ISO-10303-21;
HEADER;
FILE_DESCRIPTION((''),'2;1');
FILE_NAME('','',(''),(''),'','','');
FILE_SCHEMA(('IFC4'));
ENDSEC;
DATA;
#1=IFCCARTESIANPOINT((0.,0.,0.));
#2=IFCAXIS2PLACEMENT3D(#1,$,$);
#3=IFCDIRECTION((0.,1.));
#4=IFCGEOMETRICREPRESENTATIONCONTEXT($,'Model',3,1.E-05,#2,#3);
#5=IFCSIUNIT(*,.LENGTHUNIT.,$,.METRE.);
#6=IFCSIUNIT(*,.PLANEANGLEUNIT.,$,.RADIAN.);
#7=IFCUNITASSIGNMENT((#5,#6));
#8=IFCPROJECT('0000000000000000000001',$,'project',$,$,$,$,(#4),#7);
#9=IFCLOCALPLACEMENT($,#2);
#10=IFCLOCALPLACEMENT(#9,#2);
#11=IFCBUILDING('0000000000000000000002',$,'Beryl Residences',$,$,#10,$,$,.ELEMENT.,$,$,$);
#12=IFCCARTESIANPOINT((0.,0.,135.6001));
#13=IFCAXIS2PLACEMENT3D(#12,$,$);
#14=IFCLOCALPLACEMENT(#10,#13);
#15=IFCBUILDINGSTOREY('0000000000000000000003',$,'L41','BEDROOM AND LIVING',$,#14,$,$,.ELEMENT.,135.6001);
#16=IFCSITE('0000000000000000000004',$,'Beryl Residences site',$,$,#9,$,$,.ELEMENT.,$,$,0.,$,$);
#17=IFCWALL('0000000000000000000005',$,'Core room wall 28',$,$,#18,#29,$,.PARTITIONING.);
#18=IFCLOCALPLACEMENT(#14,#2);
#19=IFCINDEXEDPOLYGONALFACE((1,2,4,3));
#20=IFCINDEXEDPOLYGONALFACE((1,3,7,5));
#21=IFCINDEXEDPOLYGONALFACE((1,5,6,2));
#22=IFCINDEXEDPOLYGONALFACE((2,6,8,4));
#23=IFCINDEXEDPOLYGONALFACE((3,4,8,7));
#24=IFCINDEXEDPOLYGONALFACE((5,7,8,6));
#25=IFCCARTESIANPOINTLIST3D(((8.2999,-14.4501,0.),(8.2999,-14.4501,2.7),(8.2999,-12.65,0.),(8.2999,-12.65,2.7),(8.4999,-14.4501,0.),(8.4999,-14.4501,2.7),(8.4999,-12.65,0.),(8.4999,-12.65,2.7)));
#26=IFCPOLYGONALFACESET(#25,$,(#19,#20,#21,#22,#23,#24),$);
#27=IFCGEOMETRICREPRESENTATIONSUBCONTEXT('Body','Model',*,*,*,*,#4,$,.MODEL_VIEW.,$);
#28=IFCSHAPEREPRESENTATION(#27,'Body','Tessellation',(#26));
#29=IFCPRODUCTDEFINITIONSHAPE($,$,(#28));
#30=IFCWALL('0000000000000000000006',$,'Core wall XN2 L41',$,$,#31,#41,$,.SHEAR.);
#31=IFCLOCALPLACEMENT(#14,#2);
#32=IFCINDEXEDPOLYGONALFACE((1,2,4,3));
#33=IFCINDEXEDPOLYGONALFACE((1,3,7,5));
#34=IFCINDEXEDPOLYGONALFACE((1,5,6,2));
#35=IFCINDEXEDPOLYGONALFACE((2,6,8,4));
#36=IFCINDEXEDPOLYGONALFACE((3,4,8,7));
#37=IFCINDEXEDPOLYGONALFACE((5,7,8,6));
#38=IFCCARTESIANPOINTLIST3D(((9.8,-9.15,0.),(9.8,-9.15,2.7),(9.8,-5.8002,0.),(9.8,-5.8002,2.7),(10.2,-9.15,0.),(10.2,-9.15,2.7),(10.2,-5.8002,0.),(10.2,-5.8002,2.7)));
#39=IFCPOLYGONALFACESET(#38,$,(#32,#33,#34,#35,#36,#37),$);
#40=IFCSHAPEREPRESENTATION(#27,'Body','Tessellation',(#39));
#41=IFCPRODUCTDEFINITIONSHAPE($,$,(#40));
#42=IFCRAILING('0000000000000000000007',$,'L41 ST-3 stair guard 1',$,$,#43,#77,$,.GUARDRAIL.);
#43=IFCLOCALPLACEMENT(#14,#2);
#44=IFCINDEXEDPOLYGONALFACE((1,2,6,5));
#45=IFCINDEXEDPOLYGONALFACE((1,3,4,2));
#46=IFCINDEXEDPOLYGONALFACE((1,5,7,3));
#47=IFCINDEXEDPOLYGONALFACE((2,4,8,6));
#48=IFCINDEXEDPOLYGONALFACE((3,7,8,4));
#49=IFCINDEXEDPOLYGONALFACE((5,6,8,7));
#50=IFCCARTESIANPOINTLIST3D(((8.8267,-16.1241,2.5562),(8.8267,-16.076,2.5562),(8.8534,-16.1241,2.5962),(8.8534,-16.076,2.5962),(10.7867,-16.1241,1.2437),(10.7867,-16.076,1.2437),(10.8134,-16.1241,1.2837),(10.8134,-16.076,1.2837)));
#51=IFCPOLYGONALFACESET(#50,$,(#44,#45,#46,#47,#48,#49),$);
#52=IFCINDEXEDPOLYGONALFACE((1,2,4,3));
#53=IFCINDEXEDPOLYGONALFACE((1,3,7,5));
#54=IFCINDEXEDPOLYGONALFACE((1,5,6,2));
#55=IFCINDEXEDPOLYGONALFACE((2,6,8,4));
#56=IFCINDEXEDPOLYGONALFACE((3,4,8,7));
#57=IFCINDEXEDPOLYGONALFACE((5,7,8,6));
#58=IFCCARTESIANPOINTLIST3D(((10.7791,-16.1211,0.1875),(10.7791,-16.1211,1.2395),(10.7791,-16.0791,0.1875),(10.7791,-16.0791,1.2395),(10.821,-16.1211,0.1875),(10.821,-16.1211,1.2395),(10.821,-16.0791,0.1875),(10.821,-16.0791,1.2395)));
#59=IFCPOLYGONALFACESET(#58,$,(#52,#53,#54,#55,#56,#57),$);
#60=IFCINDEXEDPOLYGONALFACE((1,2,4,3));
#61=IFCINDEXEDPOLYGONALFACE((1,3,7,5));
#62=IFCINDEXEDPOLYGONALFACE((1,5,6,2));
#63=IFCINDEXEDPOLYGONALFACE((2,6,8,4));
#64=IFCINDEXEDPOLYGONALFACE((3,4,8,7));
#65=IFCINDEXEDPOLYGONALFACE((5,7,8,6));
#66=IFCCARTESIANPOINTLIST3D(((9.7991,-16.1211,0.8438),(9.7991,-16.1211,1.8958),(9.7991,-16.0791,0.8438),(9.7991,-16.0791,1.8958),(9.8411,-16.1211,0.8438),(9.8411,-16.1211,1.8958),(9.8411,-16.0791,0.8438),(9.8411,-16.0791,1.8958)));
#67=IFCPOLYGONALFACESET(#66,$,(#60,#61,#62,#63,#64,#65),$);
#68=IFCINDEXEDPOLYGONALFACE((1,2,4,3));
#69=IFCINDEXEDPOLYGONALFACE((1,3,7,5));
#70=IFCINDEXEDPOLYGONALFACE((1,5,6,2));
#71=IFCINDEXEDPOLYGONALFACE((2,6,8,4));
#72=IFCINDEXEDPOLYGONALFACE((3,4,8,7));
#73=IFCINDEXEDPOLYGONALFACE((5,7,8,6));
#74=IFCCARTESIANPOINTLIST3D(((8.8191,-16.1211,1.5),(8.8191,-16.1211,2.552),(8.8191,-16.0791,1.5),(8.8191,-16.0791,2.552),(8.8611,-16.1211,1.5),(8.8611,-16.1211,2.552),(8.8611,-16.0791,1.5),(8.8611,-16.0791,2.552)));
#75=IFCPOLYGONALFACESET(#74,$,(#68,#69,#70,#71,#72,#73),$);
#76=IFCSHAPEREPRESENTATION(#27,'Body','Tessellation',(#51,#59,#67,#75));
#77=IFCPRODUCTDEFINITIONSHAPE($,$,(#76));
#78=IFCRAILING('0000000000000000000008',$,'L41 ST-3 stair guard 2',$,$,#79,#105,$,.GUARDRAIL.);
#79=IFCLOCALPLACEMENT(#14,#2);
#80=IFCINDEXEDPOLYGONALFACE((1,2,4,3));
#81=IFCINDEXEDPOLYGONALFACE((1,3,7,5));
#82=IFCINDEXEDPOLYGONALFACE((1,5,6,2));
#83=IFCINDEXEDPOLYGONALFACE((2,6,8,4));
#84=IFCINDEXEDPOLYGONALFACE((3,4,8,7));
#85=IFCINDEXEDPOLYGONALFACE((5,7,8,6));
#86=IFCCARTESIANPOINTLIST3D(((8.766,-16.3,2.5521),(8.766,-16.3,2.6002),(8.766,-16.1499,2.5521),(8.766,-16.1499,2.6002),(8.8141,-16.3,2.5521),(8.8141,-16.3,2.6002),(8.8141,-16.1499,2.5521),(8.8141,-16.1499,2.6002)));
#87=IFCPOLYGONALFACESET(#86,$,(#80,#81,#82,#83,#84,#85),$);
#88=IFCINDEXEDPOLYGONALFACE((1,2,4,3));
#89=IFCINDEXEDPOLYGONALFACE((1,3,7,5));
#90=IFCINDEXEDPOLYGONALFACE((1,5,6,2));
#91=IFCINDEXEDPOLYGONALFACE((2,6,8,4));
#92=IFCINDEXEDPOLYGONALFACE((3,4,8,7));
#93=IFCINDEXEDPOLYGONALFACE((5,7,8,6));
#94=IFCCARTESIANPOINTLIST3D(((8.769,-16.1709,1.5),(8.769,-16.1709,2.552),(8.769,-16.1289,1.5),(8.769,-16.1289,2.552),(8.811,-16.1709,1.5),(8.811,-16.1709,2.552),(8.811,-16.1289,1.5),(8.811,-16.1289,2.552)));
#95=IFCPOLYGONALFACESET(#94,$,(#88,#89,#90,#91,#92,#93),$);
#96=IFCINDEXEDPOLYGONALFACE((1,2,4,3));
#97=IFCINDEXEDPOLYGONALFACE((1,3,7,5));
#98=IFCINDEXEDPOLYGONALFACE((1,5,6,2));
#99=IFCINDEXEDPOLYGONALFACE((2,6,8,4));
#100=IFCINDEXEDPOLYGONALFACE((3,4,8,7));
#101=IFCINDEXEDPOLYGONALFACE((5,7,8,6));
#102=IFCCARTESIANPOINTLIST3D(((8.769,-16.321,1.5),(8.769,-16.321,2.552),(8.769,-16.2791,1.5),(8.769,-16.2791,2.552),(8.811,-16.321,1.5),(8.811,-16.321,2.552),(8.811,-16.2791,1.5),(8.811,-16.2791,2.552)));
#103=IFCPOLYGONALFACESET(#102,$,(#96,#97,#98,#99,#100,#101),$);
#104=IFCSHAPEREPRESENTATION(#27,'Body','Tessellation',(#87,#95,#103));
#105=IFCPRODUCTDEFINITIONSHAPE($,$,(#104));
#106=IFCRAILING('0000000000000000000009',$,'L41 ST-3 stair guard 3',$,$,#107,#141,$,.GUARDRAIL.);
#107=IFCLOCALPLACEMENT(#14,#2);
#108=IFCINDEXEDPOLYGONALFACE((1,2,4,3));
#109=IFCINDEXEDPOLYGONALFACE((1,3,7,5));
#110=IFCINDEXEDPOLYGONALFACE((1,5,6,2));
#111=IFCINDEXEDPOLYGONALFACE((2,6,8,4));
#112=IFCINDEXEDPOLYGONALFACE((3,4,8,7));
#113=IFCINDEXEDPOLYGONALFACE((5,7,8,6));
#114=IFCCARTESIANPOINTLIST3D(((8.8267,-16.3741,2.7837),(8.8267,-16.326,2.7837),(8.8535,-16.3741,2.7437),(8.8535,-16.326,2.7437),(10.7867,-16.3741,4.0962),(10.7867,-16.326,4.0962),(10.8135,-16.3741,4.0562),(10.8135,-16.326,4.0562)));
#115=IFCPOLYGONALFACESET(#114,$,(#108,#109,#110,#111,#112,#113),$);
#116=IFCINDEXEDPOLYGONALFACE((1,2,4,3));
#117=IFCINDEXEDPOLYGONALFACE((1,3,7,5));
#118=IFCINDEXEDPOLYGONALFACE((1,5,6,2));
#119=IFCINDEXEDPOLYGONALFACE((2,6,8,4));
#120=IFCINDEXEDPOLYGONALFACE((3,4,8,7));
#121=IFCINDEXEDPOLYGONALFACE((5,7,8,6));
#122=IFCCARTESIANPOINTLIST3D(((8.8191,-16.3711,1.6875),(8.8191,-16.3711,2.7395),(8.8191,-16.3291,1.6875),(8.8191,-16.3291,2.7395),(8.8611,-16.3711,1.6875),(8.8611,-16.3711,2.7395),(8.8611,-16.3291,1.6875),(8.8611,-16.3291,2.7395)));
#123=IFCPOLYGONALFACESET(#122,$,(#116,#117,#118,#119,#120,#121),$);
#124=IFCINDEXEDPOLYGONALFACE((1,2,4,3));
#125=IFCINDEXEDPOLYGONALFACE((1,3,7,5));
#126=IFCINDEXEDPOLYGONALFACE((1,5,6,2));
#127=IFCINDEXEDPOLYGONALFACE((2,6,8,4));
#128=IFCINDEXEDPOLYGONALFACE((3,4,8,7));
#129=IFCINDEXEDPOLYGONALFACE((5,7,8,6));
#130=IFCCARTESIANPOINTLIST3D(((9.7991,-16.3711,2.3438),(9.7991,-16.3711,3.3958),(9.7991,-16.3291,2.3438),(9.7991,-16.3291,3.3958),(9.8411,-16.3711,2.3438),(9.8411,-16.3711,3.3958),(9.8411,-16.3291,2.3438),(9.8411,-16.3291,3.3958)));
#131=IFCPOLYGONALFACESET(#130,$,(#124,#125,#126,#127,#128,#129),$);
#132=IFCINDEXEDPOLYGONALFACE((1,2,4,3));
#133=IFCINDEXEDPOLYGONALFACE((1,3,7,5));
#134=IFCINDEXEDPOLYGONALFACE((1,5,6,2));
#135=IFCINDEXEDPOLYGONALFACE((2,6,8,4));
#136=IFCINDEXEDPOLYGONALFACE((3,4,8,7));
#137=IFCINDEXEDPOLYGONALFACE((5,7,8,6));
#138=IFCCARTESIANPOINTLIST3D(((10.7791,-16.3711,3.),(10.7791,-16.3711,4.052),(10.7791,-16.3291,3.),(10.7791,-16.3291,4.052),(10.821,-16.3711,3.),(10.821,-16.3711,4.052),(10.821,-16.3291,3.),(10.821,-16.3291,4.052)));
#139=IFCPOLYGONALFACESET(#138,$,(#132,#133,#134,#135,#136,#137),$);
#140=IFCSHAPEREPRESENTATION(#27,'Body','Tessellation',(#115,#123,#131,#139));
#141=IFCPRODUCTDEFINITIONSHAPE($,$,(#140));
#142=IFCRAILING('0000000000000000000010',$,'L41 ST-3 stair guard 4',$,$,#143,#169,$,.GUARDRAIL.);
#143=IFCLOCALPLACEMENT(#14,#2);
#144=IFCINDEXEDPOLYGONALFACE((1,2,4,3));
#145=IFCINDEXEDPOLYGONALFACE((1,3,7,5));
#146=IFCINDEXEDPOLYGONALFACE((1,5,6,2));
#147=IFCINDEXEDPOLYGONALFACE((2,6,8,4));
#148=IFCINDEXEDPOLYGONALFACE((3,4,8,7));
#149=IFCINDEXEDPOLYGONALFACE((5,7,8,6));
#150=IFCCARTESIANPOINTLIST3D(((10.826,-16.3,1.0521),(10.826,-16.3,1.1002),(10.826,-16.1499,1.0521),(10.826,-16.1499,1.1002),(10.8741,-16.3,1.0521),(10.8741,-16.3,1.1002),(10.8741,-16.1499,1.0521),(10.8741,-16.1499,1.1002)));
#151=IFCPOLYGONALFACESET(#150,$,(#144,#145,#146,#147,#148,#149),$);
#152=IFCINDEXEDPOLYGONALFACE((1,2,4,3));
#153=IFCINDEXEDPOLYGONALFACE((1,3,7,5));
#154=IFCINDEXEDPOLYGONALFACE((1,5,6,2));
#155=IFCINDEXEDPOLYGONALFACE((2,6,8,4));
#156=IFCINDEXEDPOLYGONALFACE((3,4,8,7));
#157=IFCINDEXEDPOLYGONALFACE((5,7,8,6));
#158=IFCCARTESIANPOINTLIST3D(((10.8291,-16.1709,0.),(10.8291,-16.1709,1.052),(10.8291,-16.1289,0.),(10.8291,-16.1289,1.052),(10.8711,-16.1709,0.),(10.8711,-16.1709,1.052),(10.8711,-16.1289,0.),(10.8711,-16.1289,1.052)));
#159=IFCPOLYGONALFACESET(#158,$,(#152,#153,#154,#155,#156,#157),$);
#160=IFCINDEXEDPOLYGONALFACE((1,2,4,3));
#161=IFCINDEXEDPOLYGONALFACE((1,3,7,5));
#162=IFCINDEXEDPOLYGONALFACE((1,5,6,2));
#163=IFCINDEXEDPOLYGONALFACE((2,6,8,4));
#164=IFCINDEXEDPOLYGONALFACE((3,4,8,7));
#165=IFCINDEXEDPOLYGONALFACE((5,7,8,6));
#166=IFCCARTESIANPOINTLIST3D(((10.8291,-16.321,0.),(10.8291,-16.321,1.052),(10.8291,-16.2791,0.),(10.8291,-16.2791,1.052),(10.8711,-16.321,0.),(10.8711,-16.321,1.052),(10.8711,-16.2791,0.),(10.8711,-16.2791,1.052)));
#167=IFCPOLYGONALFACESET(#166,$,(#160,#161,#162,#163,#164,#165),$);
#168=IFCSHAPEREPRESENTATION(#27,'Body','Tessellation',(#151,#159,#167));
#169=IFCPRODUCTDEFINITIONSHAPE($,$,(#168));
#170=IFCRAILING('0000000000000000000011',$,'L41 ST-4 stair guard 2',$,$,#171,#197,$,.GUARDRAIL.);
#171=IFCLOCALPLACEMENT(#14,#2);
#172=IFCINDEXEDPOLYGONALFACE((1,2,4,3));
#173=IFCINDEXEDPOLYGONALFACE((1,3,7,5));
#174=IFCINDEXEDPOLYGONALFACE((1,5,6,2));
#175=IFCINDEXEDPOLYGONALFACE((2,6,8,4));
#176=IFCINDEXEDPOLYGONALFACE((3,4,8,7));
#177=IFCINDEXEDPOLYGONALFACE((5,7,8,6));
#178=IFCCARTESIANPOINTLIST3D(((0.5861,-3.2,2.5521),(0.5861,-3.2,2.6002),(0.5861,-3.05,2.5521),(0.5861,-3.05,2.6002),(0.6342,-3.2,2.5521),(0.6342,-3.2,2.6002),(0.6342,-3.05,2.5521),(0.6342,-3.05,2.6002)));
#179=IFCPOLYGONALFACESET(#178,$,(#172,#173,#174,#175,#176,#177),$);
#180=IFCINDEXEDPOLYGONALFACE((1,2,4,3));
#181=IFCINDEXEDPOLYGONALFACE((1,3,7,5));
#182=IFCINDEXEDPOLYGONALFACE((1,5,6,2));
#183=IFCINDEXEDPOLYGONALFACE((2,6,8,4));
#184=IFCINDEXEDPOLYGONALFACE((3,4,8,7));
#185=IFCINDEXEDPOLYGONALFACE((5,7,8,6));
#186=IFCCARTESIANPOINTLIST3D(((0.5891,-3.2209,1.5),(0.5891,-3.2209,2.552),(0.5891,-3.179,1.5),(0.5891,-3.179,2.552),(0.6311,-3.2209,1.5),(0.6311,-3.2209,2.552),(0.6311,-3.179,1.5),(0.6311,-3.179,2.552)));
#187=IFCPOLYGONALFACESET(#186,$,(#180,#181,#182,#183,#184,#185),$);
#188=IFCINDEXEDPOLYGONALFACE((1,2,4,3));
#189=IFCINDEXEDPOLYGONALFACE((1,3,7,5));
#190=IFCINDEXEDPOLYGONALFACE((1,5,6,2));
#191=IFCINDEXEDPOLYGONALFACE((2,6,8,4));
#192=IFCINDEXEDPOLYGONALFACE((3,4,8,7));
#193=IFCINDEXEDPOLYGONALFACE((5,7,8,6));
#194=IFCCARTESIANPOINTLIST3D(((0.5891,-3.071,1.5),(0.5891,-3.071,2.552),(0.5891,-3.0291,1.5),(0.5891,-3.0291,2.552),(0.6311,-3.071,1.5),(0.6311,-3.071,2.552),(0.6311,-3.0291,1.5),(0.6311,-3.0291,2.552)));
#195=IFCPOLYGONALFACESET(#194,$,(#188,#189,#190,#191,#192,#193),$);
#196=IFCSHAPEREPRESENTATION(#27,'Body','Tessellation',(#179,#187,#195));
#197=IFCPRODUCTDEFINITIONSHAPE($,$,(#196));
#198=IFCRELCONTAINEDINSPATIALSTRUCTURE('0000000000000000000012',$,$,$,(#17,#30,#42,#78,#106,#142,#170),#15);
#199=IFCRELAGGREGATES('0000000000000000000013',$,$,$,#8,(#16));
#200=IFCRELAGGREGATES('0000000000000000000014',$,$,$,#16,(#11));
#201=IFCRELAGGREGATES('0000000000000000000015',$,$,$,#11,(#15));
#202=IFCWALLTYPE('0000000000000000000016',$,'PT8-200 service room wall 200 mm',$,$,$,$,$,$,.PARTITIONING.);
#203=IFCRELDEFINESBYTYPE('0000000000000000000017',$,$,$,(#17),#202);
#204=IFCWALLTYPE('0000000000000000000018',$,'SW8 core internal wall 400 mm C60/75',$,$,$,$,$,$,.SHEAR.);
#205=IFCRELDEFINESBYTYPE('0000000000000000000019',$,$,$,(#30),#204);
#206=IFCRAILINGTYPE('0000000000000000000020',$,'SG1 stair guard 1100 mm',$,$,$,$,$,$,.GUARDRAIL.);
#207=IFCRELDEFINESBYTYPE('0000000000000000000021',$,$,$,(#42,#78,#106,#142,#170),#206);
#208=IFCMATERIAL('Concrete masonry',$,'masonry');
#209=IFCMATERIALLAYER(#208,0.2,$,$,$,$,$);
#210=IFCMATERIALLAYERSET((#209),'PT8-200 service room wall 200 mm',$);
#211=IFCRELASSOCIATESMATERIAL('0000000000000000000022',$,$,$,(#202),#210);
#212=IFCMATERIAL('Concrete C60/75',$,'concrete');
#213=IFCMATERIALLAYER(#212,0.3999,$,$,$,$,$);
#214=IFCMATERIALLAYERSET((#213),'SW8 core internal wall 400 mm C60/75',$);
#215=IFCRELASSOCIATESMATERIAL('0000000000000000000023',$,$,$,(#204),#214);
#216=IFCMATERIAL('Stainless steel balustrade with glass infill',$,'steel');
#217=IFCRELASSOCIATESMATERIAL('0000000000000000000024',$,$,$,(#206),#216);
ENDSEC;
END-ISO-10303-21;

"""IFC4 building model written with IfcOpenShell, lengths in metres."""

from ifc_helpers import new_model, si_unit, direction, frame, frame_2d, origin, origin_2d, place, context, subcontext, project, spatial, rectangle, extrude, material, layer, layer_set, type_object, element, save


model = new_model("IFC4")

# Units and contexts
model_context = context("Model", 3, precision=1e-05, world=origin(), true_north=direction((0.0, 1.0)))
body_context = subcontext(model_context, "Body", "Model", "MODEL_VIEW")
ifc_project = project(units=[si_unit("LENGTHUNIT", "METRE"), si_unit("PLANEANGLEUNIT", "RADIAN")], contexts=[model_context])

# Site, building, storey
site_placement = place(None, origin())
site = spatial("IfcSite", under=ifc_project, at=site_placement, Name="Beryl Residences site", CompositionType="ELEMENT", RefElevation=0.0)
building_placement = place(site_placement, origin())
building = spatial("IfcBuilding", under=site, at=building_placement, Name="Beryl Residences", CompositionType="ELEMENT")
storey_placement = place(building_placement, frame((0.0, 0.0, 135.6001)))
storey = spatial("IfcBuildingStorey", under=building, at=storey_placement, Name="L41", Description="BEDROOM AND LIVING", CompositionType="ELEMENT", Elevation=135.6001)

# Walls
ifc_material_1 = material(Name="Concrete masonry", Category="masonry")
ifc_layer_1 = layer(ifc_material_1, 0.2)
ifc_layer_set_1 = layer_set([ifc_layer_1], Name="PT8-200 service room wall 200 mm")
wall_type_1 = type_object("IfcWallType", Name="PT8-200 service room wall 200 mm", PredefinedType="PARTITIONING", material=ifc_layer_set_1)
wall_1_placement = place(storey_placement, frame((8.3999, -14.45, 0.0), z_axis=(0.0, 0.0, 1.0), x_axis=(0.0, 1.0, 0.0)))
element("IfcWall", 1, at=wall_1_placement, inside=storey, type_object=wall_type_1, Name="Core room wall 28", PredefinedType="PARTITIONING", context=body_context, shape_type="SweptSolid", body=[
    extrude(rectangle(XDim=1.8, YDim=0.2, at=frame_2d((0.8999, 0.0))), origin(), (0.0, 0.0, 1.0), 2.7),
])
ifc_material_2 = material(Name="Concrete C60/75", Category="concrete")
ifc_layer_2 = layer(ifc_material_2, 0.3999)
ifc_layer_set_2 = layer_set([ifc_layer_2], Name="SW8 core internal wall 400 mm C60/75")
wall_type_2 = type_object("IfcWallType", Name="SW8 core internal wall 400 mm C60/75", PredefinedType="SHEAR", material=ifc_layer_set_2)
wall_2_placement = place(storey_placement, frame((10.0, -9.1499, 0.0), z_axis=(0.0, 0.0, 1.0), x_axis=(0.0, 1.0, 0.0)))
element("IfcWall", 2, at=wall_2_placement, inside=storey, type_object=wall_type_2, Name="Core wall XN2 L41", PredefinedType="SHEAR", context=body_context, shape_type="SweptSolid", body=[
    extrude(rectangle(XDim=3.3499, YDim=0.3999, at=frame_2d((1.6748, 0.0))), origin(), (0.0, 0.0, 1.0), 2.7),
])

# Railings
ifc_material_3 = material(Name="Stainless steel balustrade with glass infill", Category="steel")
railing_type_1 = type_object("IfcRailingType", Name="SG1 stair guard 1100 mm", PredefinedType="GUARDRAIL", material=ifc_material_3)
railing_1_placement = place(storey_placement, frame((10.8, -16.1001, 0.1875)))
element("IfcRailing", 3, at=railing_1_placement, inside=storey, type_object=railing_type_1, Name="L41 ST-3 stair guard 1", PredefinedType="GUARDRAIL", context=body_context, shape_type="SweptSolid", body=[
    extrude(rectangle(XDim=0.0481, YDim=0.0481, at=origin_2d()), frame((0.0, 0.0, 1.0762), z_axis=(-0.830902, 0.0, 0.556419), x_axis=(0.0, -1.0, 0.0)), (0.0, 0.0, 1.0), 2.3589),
    extrude(rectangle(XDim=0.042, YDim=0.042, at=origin_2d()), origin(), (0.0, 0.0, 1.0), 1.052),
    extrude(rectangle(XDim=0.042, YDim=0.042, at=origin_2d()), frame((-0.98, 0.0, 0.6562)), (0.0, 0.0, 1.0), 1.052),
    extrude(rectangle(XDim=0.042, YDim=0.042, at=origin_2d()), frame((-1.96, 0.0, 1.3125)), (0.0, 0.0, 1.0), 1.052),
])
railing_2_placement = place(storey_placement, frame((8.79, -16.1499, 1.5)))
element("IfcRailing", 4, at=railing_2_placement, inside=storey, type_object=railing_type_1, Name="L41 ST-3 stair guard 2", PredefinedType="GUARDRAIL", context=body_context, shape_type="SweptSolid", body=[
    extrude(rectangle(XDim=0.0481, YDim=0.0481, at=origin_2d()), frame((0.0, 0.0, 1.0762), z_axis=(0.0, -1.0, 0.0), x_axis=(1.0, 0.0, 0.0)), (0.0, 0.0, 1.0), 0.1501),
    extrude(rectangle(XDim=0.042, YDim=0.042, at=origin_2d()), origin(), (0.0, 0.0, 1.0), 1.052),
    extrude(rectangle(XDim=0.042, YDim=0.042, at=origin_2d()), frame((0.0, -0.1501, 0.0)), (0.0, 0.0, 1.0), 1.052),
])
railing_3_placement = place(storey_placement, frame((8.8401, -16.3501, 1.6875)))
element("IfcRailing", 5, at=railing_3_placement, inside=storey, type_object=railing_type_1, Name="L41 ST-3 stair guard 3", PredefinedType="GUARDRAIL", context=body_context, shape_type="SweptSolid", body=[
    extrude(rectangle(XDim=0.0481, YDim=0.0481, at=origin_2d()), frame((0.0, 0.0, 1.0762), z_axis=(0.830902, 0.0, 0.556419), x_axis=(0.0, 1.0, 0.0)), (0.0, 0.0, 1.0), 2.3589),
    extrude(rectangle(XDim=0.042, YDim=0.042, at=origin_2d()), origin(), (0.0, 0.0, 1.0), 1.052),
    extrude(rectangle(XDim=0.042, YDim=0.042, at=origin_2d()), frame((0.98, 0.0, 0.6562)), (0.0, 0.0, 1.0), 1.052),
    extrude(rectangle(XDim=0.042, YDim=0.042, at=origin_2d()), frame((1.96, 0.0, 1.3125)), (0.0, 0.0, 1.0), 1.052),
])
railing_4_placement = place(storey_placement, frame((10.8501, -16.1499, 0.0)))
element("IfcRailing", 6, at=railing_4_placement, inside=storey, type_object=railing_type_1, Name="L41 ST-3 stair guard 4", PredefinedType="GUARDRAIL", context=body_context, shape_type="SweptSolid", body=[
    extrude(rectangle(XDim=0.0481, YDim=0.0481, at=origin_2d()), frame((0.0, 0.0, 1.0762), z_axis=(0.0, -1.0, 0.0), x_axis=(1.0, 0.0, 0.0)), (0.0, 0.0, 1.0), 0.1501),
    extrude(rectangle(XDim=0.042, YDim=0.042, at=origin_2d()), origin(), (0.0, 0.0, 1.0), 1.052),
    extrude(rectangle(XDim=0.042, YDim=0.042, at=origin_2d()), frame((0.0, -0.1501, 0.0)), (0.0, 0.0, 1.0), 1.052),
])
railing_5_placement = place(storey_placement, frame((0.6101, -3.2, 1.5)))
element("IfcRailing", 7, at=railing_5_placement, inside=storey, type_object=railing_type_1, Name="L41 ST-4 stair guard 2", PredefinedType="GUARDRAIL", context=body_context, shape_type="SweptSolid", body=[
    extrude(rectangle(XDim=0.0481, YDim=0.0481, at=origin_2d()), frame((0.0, 0.0, 1.0762), z_axis=(0.0, 1.0, 0.0), x_axis=(-1.0, 0.0, 0.0)), (0.0, 0.0, 1.0), 0.1499),
    extrude(rectangle(XDim=0.042, YDim=0.042, at=origin_2d()), origin(), (0.0, 0.0, 1.0), 1.052),
    extrude(rectangle(XDim=0.042, YDim=0.042, at=origin_2d()), frame((0.0, 0.1499, 0.0)), (0.0, 0.0, 1.0), 1.052),
])

save(model, "model.ifc")
